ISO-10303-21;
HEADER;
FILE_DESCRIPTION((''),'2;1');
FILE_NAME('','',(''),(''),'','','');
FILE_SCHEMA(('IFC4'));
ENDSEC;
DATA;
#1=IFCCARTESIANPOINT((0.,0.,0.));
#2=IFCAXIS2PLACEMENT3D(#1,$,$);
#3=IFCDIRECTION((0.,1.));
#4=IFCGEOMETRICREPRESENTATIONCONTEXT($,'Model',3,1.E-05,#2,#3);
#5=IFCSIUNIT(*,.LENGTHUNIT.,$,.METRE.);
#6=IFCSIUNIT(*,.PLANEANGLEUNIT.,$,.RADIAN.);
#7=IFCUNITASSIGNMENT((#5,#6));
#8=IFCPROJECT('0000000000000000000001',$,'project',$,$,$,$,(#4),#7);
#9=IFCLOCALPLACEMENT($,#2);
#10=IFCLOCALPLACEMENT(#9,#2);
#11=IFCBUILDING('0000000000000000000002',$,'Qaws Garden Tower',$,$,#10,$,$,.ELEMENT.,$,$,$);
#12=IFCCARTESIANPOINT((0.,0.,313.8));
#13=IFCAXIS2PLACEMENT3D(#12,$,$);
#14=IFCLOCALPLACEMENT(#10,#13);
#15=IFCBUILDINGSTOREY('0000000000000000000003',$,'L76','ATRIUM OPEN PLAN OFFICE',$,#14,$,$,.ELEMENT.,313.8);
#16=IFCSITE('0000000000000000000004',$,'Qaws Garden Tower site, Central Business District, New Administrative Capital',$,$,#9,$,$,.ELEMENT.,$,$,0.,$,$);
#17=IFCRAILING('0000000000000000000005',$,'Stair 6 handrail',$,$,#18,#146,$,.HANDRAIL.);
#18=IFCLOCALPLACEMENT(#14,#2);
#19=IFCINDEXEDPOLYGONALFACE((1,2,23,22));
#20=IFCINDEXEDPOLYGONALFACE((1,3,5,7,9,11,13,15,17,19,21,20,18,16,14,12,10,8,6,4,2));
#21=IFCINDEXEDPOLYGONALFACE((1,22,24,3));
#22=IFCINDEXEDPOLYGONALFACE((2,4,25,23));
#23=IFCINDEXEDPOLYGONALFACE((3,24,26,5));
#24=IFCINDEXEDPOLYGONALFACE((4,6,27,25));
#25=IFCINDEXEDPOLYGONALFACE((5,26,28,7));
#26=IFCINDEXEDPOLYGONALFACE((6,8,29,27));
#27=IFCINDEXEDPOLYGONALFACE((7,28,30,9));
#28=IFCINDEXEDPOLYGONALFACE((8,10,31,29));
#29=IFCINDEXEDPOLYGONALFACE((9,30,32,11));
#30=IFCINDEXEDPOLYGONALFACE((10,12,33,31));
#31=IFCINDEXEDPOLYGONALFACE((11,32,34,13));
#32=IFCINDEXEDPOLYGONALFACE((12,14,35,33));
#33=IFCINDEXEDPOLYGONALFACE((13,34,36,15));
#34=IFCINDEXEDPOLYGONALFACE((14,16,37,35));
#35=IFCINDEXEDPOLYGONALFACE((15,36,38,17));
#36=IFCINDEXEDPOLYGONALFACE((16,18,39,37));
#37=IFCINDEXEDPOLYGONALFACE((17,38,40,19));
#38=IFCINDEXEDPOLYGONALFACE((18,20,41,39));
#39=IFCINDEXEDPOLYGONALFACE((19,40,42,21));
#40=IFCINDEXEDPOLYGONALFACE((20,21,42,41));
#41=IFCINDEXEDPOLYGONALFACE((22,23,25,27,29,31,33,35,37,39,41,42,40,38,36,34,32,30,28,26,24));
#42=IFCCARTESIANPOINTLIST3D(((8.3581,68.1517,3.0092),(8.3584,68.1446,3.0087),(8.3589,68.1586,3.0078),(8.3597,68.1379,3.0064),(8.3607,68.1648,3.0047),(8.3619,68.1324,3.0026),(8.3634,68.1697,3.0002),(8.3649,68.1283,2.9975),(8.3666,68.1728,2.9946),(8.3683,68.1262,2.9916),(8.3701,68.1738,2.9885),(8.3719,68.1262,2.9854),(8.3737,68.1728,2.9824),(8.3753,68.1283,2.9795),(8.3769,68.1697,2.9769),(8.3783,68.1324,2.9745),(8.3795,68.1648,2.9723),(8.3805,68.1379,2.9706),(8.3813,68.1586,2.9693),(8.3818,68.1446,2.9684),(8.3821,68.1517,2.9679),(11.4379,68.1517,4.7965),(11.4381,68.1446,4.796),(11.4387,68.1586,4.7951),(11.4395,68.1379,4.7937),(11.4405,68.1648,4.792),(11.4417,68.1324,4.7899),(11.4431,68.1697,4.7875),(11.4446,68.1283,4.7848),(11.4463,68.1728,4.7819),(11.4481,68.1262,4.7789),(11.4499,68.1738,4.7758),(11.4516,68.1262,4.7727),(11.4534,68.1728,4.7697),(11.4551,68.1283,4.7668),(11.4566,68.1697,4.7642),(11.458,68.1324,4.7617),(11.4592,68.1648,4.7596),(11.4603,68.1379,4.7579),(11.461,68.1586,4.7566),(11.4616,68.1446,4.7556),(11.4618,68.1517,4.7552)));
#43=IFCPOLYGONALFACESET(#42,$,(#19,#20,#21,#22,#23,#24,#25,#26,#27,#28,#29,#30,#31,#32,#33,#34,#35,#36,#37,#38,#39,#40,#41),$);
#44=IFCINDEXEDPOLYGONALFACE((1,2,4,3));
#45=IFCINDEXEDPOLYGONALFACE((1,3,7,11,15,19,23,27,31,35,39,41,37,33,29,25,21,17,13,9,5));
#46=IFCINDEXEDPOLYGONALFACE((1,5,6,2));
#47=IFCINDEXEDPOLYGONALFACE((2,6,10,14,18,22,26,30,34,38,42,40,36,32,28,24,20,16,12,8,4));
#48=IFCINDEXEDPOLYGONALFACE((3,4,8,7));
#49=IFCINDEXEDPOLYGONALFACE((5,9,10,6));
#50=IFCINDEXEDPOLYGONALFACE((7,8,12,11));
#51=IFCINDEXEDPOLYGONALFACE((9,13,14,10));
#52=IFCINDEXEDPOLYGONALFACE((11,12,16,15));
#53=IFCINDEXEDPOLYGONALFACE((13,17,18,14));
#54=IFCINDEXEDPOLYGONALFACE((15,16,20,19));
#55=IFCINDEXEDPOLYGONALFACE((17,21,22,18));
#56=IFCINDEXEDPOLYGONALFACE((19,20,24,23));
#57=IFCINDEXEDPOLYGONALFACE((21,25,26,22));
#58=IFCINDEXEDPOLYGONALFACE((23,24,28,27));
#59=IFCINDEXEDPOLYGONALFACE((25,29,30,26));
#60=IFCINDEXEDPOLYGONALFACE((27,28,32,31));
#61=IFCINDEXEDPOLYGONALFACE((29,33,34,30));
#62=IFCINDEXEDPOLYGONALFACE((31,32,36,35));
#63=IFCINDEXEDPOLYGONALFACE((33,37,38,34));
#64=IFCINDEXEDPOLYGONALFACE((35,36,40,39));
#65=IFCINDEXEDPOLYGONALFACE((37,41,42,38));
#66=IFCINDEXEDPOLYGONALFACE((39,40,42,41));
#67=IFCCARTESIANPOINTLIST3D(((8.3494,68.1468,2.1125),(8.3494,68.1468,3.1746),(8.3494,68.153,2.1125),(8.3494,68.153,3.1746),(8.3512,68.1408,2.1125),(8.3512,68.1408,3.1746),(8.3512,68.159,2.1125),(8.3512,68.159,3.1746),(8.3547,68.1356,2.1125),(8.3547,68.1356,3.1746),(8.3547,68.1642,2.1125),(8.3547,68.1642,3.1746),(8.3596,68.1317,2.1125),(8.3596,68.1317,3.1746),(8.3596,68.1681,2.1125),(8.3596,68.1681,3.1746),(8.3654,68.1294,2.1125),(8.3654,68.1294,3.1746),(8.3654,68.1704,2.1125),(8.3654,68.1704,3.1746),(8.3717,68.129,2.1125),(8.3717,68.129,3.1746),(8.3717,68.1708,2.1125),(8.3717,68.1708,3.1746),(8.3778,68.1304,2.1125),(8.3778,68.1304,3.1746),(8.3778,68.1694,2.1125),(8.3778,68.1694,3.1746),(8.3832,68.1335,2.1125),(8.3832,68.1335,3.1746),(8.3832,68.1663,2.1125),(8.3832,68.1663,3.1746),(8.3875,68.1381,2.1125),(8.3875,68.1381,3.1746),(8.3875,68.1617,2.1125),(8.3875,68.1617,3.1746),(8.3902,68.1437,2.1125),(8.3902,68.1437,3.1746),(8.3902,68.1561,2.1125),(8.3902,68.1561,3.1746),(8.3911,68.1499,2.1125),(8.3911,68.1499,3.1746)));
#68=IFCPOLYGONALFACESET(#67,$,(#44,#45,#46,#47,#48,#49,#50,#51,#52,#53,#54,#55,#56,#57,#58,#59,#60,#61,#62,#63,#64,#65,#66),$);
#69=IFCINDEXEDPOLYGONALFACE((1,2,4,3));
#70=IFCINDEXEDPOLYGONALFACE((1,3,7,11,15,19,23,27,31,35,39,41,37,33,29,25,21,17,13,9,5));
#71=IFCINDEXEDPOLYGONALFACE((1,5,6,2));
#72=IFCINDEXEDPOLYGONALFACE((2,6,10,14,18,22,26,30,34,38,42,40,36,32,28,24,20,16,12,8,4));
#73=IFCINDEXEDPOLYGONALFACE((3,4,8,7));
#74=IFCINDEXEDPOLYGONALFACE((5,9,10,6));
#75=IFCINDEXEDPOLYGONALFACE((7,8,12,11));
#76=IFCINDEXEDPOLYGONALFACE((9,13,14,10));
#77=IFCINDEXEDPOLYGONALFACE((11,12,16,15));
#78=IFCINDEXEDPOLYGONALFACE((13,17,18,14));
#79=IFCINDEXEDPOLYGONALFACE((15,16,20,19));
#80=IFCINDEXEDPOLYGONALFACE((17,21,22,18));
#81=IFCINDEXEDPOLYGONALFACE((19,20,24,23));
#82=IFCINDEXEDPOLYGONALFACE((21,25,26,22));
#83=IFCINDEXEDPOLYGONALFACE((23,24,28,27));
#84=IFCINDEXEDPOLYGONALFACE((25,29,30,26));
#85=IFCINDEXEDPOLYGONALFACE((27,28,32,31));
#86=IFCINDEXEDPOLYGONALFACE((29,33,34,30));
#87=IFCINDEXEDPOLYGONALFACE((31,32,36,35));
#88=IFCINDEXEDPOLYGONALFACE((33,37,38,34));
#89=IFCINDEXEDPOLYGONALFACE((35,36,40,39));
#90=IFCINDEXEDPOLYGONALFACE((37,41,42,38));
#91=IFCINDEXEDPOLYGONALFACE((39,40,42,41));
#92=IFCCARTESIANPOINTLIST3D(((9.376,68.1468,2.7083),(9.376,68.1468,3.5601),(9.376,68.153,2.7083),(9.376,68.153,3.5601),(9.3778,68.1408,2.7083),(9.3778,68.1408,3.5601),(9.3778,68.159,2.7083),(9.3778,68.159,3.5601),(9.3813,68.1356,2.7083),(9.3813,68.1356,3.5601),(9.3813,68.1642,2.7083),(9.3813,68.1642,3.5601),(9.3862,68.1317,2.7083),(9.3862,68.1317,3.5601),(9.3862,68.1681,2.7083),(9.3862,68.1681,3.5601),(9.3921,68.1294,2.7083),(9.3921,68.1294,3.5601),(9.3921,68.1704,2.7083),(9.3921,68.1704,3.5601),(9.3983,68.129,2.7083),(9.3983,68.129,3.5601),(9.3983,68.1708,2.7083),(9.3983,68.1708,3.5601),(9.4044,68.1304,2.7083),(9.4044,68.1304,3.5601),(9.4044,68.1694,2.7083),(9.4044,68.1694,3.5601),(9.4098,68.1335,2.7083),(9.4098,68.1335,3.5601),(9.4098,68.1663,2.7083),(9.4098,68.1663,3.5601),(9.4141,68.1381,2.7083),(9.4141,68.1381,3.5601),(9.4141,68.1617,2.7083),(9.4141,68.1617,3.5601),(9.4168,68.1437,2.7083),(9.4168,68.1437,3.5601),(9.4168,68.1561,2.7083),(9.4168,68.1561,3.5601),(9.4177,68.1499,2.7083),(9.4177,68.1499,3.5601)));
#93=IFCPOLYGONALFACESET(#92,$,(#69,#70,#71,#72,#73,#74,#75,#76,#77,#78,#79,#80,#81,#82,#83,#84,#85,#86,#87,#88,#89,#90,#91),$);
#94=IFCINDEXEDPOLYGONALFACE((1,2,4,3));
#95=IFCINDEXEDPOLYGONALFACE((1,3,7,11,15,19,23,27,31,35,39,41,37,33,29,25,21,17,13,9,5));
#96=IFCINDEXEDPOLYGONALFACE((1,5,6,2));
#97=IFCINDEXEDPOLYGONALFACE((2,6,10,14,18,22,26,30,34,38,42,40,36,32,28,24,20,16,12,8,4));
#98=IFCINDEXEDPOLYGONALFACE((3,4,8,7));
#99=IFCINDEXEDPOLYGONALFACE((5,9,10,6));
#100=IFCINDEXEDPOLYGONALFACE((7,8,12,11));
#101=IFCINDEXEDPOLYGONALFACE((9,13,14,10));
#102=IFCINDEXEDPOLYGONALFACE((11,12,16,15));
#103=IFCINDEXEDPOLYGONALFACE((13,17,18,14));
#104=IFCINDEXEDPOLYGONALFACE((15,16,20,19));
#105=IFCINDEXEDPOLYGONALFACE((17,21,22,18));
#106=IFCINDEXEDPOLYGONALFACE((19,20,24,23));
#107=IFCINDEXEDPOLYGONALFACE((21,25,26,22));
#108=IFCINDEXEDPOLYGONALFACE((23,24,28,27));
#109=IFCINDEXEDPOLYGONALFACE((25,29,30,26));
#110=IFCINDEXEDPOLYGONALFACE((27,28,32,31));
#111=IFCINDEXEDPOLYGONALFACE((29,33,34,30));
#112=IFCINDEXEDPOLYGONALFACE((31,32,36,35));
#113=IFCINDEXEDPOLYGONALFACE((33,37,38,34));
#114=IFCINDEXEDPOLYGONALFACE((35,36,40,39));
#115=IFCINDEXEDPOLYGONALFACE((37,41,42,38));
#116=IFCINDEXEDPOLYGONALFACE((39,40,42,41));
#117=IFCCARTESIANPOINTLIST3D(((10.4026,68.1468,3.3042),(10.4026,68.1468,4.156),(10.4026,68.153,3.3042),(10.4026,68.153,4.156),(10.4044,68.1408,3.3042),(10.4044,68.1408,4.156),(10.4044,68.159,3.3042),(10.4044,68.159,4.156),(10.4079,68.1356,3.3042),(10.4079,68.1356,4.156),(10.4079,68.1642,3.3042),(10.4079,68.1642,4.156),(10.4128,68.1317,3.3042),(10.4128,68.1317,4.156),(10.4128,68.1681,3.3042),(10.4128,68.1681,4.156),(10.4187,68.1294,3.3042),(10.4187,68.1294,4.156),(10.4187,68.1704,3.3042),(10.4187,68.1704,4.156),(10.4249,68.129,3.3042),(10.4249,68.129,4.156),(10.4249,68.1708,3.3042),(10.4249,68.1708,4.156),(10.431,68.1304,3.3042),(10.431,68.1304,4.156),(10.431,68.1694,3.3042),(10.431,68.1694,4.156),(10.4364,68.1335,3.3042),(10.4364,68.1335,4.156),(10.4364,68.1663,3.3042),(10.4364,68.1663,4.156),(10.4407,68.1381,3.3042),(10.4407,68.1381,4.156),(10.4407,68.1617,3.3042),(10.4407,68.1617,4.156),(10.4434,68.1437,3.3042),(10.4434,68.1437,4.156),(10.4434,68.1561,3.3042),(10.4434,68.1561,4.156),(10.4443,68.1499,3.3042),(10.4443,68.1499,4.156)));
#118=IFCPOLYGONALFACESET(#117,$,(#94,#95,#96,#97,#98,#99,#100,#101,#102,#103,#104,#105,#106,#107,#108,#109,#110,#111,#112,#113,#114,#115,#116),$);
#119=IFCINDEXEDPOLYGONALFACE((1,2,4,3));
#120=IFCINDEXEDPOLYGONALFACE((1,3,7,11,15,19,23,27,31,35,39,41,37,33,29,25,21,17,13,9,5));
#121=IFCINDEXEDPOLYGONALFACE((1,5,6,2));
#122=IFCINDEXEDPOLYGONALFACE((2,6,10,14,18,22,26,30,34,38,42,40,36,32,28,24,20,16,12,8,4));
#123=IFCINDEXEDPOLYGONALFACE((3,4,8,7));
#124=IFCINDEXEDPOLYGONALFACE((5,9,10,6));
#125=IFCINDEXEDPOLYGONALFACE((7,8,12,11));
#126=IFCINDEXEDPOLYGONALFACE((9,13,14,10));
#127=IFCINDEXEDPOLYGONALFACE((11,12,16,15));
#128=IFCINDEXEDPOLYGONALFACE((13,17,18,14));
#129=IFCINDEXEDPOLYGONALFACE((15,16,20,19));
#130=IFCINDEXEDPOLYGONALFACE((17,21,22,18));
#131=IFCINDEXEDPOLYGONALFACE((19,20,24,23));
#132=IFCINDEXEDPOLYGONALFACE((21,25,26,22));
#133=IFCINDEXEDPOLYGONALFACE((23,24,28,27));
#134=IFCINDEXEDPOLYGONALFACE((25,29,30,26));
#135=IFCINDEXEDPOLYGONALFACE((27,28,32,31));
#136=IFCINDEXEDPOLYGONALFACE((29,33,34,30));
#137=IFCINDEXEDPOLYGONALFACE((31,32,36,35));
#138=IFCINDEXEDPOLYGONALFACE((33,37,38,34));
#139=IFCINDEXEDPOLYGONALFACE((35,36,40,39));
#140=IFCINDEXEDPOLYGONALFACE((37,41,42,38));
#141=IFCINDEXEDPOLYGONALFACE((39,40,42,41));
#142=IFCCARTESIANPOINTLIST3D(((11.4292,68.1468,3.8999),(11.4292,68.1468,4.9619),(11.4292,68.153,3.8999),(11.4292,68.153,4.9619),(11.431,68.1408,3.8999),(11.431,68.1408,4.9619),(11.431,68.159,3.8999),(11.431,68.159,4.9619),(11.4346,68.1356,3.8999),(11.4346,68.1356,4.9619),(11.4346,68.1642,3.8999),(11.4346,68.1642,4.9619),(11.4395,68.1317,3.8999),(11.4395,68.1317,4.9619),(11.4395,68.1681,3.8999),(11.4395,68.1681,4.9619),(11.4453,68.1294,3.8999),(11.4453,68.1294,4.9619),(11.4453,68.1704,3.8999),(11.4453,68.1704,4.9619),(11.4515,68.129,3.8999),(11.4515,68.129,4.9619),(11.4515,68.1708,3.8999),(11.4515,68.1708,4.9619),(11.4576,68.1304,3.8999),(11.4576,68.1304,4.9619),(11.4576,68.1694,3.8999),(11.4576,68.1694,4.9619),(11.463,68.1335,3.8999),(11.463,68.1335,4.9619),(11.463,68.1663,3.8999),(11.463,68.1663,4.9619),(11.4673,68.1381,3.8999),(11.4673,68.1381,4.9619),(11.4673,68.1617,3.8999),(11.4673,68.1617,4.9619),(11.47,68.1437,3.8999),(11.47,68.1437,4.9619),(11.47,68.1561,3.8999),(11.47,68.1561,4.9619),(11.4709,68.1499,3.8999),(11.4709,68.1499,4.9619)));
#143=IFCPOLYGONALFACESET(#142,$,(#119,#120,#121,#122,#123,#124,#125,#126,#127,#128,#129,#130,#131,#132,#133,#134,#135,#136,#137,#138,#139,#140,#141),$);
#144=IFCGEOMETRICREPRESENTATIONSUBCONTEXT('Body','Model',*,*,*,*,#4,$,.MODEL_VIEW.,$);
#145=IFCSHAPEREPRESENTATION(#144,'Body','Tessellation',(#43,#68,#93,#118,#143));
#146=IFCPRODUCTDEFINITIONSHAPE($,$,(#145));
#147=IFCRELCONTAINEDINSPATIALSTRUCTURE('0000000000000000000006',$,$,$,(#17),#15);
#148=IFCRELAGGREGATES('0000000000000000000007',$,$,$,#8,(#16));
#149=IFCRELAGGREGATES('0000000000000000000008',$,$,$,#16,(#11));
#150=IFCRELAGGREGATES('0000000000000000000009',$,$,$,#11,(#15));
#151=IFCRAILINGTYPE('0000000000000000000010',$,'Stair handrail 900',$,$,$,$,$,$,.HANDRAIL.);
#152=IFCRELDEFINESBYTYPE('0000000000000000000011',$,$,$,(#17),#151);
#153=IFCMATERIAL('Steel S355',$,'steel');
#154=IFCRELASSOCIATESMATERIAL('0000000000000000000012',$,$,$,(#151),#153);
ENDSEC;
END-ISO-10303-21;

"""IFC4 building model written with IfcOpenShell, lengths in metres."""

from ifc_helpers import new_model, si_unit, direction, frame, origin, origin_2d, place, context, subcontext, project, spatial, circle, extrude, material, type_object, element, save


model = new_model("IFC4")

# Units and contexts
model_context = context("Model", 3, precision=1e-05, world=origin(), true_north=direction((0.0, 1.0)))
body_context = subcontext(model_context, "Body", "Model", "MODEL_VIEW")
ifc_project = project(units=[si_unit("LENGTHUNIT", "METRE"), si_unit("PLANEANGLEUNIT", "RADIAN")], contexts=[model_context])

# Site, building, storey
site_placement = place(None, origin())
site = spatial("IfcSite", under=ifc_project, at=site_placement, Name="Qaws Garden Tower site, Central Business District, New Administrative Capital", CompositionType="ELEMENT", RefElevation=0.0)
building_placement = place(site_placement, origin())
building = spatial("IfcBuilding", under=site, at=building_placement, Name="Qaws Garden Tower", CompositionType="ELEMENT")
storey_placement = place(building_placement, frame((0.0, 0.0, 313.8)))
storey = spatial("IfcBuildingStorey", under=building, at=storey_placement, Name="L76", Description="ATRIUM OPEN PLAN OFFICE", CompositionType="ELEMENT", Elevation=313.8)

# Railing
ifc_material_1 = material(Name="Steel S355", Category="steel")
railing_type = type_object("IfcRailingType", Name="Stair handrail 900", PredefinedType="HANDRAIL", material=ifc_material_1)
railing_1_placement = place(storey_placement, frame((8.3701, 68.1499, 2.1125)))
element("IfcRailing", 1, at=railing_1_placement, inside=storey, type_object=railing_type, Name="Stair 6 handrail", PredefinedType="HANDRAIL", context=body_context, shape_type="SweptSolid", body=[
    extrude(circle(Radius=0.0239, at=origin_2d()), frame((0.0, 0.0, 0.876), z_axis=(0.864903, 0.0, 0.501939), x_axis=(0.0, 1.0, 0.0)), (0.0, 0.0, 1.0), 3.5608),
    extrude(circle(Radius=0.021, at=origin_2d()), origin(), (0.0, 0.0, 1.0), 1.062),
    extrude(circle(Radius=0.021, at=origin_2d()), frame((1.0266, 0.0, 0.5957)), (0.0, 0.0, 1.0), 0.8518),
    extrude(circle(Radius=0.021, at=origin_2d()), frame((2.0532, 0.0, 1.1917)), (0.0, 0.0, 1.0), 0.8518),
    extrude(circle(Radius=0.021, at=origin_2d()), frame((3.0798, 0.0, 1.7874)), (0.0, 0.0, 1.0), 1.062),
])

save(model, "model.ifc")
